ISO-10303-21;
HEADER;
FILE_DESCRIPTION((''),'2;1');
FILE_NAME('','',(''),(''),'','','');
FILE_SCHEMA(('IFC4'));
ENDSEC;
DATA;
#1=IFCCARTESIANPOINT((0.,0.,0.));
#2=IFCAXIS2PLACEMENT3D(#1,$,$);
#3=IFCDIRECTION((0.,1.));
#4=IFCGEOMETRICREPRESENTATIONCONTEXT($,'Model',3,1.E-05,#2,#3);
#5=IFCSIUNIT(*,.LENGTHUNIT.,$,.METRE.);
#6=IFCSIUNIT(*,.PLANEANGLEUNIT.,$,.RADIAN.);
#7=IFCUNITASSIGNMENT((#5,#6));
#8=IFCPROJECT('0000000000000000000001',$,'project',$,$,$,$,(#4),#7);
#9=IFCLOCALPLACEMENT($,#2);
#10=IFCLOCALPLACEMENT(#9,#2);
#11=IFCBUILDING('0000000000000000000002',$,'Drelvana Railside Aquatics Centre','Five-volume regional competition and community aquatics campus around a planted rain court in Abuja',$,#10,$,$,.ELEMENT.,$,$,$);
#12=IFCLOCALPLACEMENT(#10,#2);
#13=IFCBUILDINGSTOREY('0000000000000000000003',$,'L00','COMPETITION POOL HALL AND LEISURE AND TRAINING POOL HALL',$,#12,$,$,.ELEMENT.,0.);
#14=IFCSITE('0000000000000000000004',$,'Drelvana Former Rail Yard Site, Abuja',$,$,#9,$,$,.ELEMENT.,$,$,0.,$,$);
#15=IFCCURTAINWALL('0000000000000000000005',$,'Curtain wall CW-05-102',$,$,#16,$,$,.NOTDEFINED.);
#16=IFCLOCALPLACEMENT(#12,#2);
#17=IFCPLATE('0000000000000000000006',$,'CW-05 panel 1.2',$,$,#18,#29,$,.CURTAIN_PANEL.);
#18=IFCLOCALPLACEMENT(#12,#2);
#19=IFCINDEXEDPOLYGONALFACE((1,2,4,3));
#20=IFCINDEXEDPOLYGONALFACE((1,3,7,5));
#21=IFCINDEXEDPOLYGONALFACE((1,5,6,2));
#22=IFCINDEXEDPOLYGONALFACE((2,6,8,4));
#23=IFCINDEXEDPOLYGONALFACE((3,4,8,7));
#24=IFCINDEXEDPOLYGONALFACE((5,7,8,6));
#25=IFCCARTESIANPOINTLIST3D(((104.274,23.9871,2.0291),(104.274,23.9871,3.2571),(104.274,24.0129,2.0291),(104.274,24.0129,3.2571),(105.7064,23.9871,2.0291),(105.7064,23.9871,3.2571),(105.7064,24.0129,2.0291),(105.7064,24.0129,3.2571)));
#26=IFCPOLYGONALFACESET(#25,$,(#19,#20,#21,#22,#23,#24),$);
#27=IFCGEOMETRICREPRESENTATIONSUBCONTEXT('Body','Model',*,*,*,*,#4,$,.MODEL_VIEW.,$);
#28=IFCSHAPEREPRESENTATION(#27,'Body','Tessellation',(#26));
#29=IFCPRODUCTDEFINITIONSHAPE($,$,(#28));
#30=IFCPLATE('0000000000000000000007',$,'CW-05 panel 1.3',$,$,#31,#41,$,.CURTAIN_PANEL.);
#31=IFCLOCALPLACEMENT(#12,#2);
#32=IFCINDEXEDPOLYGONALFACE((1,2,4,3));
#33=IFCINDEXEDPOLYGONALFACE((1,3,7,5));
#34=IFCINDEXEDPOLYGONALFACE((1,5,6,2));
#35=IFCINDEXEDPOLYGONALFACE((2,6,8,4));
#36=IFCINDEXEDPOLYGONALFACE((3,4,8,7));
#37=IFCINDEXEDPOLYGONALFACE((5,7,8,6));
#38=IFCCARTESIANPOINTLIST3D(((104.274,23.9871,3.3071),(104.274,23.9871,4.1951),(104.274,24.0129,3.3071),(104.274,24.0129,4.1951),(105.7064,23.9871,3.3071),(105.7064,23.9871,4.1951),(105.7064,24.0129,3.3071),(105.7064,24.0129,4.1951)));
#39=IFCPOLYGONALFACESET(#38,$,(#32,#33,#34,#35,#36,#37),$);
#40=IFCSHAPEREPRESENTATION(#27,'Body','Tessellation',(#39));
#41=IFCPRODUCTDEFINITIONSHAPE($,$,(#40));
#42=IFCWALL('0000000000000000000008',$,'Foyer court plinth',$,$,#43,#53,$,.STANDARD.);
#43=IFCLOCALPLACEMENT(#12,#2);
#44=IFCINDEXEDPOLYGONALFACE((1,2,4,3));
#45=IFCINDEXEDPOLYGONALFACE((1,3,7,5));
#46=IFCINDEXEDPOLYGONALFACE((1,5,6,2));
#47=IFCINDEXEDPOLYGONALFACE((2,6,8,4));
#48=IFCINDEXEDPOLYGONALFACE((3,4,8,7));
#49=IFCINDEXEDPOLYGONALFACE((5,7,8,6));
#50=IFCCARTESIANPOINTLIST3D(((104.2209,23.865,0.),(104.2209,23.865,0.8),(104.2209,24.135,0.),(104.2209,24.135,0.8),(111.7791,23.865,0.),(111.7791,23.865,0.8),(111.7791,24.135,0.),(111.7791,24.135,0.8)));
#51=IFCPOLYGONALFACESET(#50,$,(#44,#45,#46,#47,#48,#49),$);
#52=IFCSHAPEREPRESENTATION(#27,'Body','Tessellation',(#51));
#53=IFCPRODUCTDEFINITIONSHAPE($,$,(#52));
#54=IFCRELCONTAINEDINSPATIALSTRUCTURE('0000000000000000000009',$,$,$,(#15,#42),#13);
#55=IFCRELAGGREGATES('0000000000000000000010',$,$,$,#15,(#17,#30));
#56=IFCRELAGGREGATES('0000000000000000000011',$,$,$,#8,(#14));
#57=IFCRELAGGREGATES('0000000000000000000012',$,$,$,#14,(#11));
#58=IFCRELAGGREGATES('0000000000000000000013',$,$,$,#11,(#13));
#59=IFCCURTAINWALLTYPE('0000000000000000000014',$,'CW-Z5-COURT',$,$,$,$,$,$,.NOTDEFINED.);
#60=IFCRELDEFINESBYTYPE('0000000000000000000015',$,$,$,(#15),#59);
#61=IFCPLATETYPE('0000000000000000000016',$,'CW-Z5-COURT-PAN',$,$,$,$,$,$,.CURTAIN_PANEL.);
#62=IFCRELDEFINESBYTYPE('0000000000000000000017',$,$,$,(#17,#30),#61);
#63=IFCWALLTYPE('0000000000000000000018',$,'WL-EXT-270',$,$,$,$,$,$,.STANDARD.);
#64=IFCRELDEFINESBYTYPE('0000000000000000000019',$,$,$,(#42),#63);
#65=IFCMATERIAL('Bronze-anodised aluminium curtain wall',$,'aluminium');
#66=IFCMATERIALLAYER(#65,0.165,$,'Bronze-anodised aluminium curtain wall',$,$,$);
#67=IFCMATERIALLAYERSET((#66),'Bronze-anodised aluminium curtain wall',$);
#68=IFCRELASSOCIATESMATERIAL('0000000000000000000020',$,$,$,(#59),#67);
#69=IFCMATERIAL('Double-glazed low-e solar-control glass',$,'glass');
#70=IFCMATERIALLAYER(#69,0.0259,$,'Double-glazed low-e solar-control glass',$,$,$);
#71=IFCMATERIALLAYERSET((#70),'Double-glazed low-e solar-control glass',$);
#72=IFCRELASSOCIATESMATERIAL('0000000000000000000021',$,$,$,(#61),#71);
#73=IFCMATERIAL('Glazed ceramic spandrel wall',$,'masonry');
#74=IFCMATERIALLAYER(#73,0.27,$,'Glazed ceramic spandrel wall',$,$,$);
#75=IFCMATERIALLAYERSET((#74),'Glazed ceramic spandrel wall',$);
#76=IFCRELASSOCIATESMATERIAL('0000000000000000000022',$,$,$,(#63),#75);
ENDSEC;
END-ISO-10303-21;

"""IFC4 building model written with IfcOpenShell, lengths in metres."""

from ifc_helpers import new_model, si_unit, direction, frame, frame_2d, origin, origin_2d, place, context, subcontext, project, spatial, rectangle, extrude, material, layer, layer_set, type_object, element, aggregate, save


model = new_model("IFC4")

# Units and contexts
model_context = context("Model", 3, precision=1e-05, world=origin(), true_north=direction((0.0, 1.0)))
body_context = subcontext(model_context, "Body", "Model", "MODEL_VIEW")
ifc_project = project(units=[si_unit("LENGTHUNIT", "METRE"), si_unit("PLANEANGLEUNIT", "RADIAN")], contexts=[model_context])

# Site, building, storey
site_placement = place(None, origin())
site = spatial("IfcSite", under=ifc_project, at=site_placement, Name="Drelvana Former Rail Yard Site, Abuja", CompositionType="ELEMENT", RefElevation=0.0)
building_placement = place(site_placement, origin())
building = spatial("IfcBuilding", under=site, at=building_placement, Name="Drelvana Railside Aquatics Centre", Description="Five-volume regional competition and community aquatics campus around a planted rain court in Abuja", CompositionType="ELEMENT")
storey_placement = place(building_placement, origin())
storey = spatial("IfcBuildingStorey", under=building, at=storey_placement, Name="L00", Description="COMPETITION POOL HALL AND LEISURE AND TRAINING POOL HALL", CompositionType="ELEMENT", Elevation=0.0)

# Curtain wall
ifc_material_1 = material(Name="Bronze-anodised aluminium curtain wall", Category="aluminium")
ifc_layer_1 = layer(ifc_material_1, 0.165, Name="Bronze-anodised aluminium curtain wall")
ifc_layer_set_1 = layer_set([ifc_layer_1], Name="Bronze-anodised aluminium curtain wall")
curtain_wall_type = type_object("IfcCurtainWallType", Name="CW-Z5-COURT", PredefinedType="NOTDEFINED", material=ifc_layer_set_1)
curtain_wall_1_placement = place(storey_placement, origin())
curtain_wall_1 = element("IfcCurtainWall", 1, at=curtain_wall_1_placement, inside=storey, type_object=curtain_wall_type, Name="Curtain wall CW-05-102", PredefinedType="NOTDEFINED")

# Plates
ifc_material_2 = material(Name="Double-glazed low-e solar-control glass", Category="glass")
ifc_layer_2 = layer(ifc_material_2, 0.0259, Name="Double-glazed low-e solar-control glass")
ifc_layer_set_2 = layer_set([ifc_layer_2], Name="Double-glazed low-e solar-control glass")
plate_type = type_object("IfcPlateType", Name="CW-Z5-COURT-PAN", PredefinedType="CURTAIN_PANEL", material=ifc_layer_set_2)
plate_1_placement = place(storey_placement, frame((104.9902, 24.0, 2.0291), z_axis=(0.0, 0.0, 1.0), x_axis=(1.0, 0.0, 0.0)))
plate_1 = element("IfcPlate", 2, at=plate_1_placement, type_object=plate_type, Name="CW-05 panel 1.2", PredefinedType="CURTAIN_PANEL", context=body_context, shape_type="SweptSolid", body=[
    extrude(rectangle(XDim=1.4324, YDim=0.0259, at=origin_2d()), origin(), (0.0, 0.0, 1.0), 1.228),
])
plate_2_placement = place(storey_placement, frame((104.9902, 24.0, 3.3071), z_axis=(0.0, 0.0, 1.0), x_axis=(1.0, 0.0, 0.0)))
plate_2 = element("IfcPlate", 3, at=plate_2_placement, type_object=plate_type, Name="CW-05 panel 1.3", PredefinedType="CURTAIN_PANEL", context=body_context, shape_type="SweptSolid", body=[
    extrude(rectangle(XDim=1.4324, YDim=0.0259, at=origin_2d()), origin(), (0.0, 0.0, 1.0), 0.8879),
])
aggregate(curtain_wall_1, [plate_1, plate_2])

# Wall
ifc_material_3 = material(Name="Glazed ceramic spandrel wall", Category="masonry")
ifc_layer_3 = layer(ifc_material_3, 0.27, Name="Glazed ceramic spandrel wall")
ifc_layer_set_3 = layer_set([ifc_layer_3], Name="Glazed ceramic spandrel wall")
wall_type = type_object("IfcWallType", Name="WL-EXT-270", PredefinedType="STANDARD", material=ifc_layer_set_3)
wall_placement = place(storey_placement, frame((104.2209, 24.0, 0.0), z_axis=(0.0, 0.0, 1.0), x_axis=(1.0, 0.0, 0.0)))
element("IfcWall", 4, at=wall_placement, inside=storey, type_object=wall_type, Name="Foyer court plinth", PredefinedType="STANDARD", context=body_context, shape_type="SweptSolid", body=[
    extrude(rectangle(XDim=7.5581, YDim=0.27, at=frame_2d((3.7791, 0.0))), origin(), (0.0, 0.0, 1.0), 0.8),
])

save(model, "model.ifc")
